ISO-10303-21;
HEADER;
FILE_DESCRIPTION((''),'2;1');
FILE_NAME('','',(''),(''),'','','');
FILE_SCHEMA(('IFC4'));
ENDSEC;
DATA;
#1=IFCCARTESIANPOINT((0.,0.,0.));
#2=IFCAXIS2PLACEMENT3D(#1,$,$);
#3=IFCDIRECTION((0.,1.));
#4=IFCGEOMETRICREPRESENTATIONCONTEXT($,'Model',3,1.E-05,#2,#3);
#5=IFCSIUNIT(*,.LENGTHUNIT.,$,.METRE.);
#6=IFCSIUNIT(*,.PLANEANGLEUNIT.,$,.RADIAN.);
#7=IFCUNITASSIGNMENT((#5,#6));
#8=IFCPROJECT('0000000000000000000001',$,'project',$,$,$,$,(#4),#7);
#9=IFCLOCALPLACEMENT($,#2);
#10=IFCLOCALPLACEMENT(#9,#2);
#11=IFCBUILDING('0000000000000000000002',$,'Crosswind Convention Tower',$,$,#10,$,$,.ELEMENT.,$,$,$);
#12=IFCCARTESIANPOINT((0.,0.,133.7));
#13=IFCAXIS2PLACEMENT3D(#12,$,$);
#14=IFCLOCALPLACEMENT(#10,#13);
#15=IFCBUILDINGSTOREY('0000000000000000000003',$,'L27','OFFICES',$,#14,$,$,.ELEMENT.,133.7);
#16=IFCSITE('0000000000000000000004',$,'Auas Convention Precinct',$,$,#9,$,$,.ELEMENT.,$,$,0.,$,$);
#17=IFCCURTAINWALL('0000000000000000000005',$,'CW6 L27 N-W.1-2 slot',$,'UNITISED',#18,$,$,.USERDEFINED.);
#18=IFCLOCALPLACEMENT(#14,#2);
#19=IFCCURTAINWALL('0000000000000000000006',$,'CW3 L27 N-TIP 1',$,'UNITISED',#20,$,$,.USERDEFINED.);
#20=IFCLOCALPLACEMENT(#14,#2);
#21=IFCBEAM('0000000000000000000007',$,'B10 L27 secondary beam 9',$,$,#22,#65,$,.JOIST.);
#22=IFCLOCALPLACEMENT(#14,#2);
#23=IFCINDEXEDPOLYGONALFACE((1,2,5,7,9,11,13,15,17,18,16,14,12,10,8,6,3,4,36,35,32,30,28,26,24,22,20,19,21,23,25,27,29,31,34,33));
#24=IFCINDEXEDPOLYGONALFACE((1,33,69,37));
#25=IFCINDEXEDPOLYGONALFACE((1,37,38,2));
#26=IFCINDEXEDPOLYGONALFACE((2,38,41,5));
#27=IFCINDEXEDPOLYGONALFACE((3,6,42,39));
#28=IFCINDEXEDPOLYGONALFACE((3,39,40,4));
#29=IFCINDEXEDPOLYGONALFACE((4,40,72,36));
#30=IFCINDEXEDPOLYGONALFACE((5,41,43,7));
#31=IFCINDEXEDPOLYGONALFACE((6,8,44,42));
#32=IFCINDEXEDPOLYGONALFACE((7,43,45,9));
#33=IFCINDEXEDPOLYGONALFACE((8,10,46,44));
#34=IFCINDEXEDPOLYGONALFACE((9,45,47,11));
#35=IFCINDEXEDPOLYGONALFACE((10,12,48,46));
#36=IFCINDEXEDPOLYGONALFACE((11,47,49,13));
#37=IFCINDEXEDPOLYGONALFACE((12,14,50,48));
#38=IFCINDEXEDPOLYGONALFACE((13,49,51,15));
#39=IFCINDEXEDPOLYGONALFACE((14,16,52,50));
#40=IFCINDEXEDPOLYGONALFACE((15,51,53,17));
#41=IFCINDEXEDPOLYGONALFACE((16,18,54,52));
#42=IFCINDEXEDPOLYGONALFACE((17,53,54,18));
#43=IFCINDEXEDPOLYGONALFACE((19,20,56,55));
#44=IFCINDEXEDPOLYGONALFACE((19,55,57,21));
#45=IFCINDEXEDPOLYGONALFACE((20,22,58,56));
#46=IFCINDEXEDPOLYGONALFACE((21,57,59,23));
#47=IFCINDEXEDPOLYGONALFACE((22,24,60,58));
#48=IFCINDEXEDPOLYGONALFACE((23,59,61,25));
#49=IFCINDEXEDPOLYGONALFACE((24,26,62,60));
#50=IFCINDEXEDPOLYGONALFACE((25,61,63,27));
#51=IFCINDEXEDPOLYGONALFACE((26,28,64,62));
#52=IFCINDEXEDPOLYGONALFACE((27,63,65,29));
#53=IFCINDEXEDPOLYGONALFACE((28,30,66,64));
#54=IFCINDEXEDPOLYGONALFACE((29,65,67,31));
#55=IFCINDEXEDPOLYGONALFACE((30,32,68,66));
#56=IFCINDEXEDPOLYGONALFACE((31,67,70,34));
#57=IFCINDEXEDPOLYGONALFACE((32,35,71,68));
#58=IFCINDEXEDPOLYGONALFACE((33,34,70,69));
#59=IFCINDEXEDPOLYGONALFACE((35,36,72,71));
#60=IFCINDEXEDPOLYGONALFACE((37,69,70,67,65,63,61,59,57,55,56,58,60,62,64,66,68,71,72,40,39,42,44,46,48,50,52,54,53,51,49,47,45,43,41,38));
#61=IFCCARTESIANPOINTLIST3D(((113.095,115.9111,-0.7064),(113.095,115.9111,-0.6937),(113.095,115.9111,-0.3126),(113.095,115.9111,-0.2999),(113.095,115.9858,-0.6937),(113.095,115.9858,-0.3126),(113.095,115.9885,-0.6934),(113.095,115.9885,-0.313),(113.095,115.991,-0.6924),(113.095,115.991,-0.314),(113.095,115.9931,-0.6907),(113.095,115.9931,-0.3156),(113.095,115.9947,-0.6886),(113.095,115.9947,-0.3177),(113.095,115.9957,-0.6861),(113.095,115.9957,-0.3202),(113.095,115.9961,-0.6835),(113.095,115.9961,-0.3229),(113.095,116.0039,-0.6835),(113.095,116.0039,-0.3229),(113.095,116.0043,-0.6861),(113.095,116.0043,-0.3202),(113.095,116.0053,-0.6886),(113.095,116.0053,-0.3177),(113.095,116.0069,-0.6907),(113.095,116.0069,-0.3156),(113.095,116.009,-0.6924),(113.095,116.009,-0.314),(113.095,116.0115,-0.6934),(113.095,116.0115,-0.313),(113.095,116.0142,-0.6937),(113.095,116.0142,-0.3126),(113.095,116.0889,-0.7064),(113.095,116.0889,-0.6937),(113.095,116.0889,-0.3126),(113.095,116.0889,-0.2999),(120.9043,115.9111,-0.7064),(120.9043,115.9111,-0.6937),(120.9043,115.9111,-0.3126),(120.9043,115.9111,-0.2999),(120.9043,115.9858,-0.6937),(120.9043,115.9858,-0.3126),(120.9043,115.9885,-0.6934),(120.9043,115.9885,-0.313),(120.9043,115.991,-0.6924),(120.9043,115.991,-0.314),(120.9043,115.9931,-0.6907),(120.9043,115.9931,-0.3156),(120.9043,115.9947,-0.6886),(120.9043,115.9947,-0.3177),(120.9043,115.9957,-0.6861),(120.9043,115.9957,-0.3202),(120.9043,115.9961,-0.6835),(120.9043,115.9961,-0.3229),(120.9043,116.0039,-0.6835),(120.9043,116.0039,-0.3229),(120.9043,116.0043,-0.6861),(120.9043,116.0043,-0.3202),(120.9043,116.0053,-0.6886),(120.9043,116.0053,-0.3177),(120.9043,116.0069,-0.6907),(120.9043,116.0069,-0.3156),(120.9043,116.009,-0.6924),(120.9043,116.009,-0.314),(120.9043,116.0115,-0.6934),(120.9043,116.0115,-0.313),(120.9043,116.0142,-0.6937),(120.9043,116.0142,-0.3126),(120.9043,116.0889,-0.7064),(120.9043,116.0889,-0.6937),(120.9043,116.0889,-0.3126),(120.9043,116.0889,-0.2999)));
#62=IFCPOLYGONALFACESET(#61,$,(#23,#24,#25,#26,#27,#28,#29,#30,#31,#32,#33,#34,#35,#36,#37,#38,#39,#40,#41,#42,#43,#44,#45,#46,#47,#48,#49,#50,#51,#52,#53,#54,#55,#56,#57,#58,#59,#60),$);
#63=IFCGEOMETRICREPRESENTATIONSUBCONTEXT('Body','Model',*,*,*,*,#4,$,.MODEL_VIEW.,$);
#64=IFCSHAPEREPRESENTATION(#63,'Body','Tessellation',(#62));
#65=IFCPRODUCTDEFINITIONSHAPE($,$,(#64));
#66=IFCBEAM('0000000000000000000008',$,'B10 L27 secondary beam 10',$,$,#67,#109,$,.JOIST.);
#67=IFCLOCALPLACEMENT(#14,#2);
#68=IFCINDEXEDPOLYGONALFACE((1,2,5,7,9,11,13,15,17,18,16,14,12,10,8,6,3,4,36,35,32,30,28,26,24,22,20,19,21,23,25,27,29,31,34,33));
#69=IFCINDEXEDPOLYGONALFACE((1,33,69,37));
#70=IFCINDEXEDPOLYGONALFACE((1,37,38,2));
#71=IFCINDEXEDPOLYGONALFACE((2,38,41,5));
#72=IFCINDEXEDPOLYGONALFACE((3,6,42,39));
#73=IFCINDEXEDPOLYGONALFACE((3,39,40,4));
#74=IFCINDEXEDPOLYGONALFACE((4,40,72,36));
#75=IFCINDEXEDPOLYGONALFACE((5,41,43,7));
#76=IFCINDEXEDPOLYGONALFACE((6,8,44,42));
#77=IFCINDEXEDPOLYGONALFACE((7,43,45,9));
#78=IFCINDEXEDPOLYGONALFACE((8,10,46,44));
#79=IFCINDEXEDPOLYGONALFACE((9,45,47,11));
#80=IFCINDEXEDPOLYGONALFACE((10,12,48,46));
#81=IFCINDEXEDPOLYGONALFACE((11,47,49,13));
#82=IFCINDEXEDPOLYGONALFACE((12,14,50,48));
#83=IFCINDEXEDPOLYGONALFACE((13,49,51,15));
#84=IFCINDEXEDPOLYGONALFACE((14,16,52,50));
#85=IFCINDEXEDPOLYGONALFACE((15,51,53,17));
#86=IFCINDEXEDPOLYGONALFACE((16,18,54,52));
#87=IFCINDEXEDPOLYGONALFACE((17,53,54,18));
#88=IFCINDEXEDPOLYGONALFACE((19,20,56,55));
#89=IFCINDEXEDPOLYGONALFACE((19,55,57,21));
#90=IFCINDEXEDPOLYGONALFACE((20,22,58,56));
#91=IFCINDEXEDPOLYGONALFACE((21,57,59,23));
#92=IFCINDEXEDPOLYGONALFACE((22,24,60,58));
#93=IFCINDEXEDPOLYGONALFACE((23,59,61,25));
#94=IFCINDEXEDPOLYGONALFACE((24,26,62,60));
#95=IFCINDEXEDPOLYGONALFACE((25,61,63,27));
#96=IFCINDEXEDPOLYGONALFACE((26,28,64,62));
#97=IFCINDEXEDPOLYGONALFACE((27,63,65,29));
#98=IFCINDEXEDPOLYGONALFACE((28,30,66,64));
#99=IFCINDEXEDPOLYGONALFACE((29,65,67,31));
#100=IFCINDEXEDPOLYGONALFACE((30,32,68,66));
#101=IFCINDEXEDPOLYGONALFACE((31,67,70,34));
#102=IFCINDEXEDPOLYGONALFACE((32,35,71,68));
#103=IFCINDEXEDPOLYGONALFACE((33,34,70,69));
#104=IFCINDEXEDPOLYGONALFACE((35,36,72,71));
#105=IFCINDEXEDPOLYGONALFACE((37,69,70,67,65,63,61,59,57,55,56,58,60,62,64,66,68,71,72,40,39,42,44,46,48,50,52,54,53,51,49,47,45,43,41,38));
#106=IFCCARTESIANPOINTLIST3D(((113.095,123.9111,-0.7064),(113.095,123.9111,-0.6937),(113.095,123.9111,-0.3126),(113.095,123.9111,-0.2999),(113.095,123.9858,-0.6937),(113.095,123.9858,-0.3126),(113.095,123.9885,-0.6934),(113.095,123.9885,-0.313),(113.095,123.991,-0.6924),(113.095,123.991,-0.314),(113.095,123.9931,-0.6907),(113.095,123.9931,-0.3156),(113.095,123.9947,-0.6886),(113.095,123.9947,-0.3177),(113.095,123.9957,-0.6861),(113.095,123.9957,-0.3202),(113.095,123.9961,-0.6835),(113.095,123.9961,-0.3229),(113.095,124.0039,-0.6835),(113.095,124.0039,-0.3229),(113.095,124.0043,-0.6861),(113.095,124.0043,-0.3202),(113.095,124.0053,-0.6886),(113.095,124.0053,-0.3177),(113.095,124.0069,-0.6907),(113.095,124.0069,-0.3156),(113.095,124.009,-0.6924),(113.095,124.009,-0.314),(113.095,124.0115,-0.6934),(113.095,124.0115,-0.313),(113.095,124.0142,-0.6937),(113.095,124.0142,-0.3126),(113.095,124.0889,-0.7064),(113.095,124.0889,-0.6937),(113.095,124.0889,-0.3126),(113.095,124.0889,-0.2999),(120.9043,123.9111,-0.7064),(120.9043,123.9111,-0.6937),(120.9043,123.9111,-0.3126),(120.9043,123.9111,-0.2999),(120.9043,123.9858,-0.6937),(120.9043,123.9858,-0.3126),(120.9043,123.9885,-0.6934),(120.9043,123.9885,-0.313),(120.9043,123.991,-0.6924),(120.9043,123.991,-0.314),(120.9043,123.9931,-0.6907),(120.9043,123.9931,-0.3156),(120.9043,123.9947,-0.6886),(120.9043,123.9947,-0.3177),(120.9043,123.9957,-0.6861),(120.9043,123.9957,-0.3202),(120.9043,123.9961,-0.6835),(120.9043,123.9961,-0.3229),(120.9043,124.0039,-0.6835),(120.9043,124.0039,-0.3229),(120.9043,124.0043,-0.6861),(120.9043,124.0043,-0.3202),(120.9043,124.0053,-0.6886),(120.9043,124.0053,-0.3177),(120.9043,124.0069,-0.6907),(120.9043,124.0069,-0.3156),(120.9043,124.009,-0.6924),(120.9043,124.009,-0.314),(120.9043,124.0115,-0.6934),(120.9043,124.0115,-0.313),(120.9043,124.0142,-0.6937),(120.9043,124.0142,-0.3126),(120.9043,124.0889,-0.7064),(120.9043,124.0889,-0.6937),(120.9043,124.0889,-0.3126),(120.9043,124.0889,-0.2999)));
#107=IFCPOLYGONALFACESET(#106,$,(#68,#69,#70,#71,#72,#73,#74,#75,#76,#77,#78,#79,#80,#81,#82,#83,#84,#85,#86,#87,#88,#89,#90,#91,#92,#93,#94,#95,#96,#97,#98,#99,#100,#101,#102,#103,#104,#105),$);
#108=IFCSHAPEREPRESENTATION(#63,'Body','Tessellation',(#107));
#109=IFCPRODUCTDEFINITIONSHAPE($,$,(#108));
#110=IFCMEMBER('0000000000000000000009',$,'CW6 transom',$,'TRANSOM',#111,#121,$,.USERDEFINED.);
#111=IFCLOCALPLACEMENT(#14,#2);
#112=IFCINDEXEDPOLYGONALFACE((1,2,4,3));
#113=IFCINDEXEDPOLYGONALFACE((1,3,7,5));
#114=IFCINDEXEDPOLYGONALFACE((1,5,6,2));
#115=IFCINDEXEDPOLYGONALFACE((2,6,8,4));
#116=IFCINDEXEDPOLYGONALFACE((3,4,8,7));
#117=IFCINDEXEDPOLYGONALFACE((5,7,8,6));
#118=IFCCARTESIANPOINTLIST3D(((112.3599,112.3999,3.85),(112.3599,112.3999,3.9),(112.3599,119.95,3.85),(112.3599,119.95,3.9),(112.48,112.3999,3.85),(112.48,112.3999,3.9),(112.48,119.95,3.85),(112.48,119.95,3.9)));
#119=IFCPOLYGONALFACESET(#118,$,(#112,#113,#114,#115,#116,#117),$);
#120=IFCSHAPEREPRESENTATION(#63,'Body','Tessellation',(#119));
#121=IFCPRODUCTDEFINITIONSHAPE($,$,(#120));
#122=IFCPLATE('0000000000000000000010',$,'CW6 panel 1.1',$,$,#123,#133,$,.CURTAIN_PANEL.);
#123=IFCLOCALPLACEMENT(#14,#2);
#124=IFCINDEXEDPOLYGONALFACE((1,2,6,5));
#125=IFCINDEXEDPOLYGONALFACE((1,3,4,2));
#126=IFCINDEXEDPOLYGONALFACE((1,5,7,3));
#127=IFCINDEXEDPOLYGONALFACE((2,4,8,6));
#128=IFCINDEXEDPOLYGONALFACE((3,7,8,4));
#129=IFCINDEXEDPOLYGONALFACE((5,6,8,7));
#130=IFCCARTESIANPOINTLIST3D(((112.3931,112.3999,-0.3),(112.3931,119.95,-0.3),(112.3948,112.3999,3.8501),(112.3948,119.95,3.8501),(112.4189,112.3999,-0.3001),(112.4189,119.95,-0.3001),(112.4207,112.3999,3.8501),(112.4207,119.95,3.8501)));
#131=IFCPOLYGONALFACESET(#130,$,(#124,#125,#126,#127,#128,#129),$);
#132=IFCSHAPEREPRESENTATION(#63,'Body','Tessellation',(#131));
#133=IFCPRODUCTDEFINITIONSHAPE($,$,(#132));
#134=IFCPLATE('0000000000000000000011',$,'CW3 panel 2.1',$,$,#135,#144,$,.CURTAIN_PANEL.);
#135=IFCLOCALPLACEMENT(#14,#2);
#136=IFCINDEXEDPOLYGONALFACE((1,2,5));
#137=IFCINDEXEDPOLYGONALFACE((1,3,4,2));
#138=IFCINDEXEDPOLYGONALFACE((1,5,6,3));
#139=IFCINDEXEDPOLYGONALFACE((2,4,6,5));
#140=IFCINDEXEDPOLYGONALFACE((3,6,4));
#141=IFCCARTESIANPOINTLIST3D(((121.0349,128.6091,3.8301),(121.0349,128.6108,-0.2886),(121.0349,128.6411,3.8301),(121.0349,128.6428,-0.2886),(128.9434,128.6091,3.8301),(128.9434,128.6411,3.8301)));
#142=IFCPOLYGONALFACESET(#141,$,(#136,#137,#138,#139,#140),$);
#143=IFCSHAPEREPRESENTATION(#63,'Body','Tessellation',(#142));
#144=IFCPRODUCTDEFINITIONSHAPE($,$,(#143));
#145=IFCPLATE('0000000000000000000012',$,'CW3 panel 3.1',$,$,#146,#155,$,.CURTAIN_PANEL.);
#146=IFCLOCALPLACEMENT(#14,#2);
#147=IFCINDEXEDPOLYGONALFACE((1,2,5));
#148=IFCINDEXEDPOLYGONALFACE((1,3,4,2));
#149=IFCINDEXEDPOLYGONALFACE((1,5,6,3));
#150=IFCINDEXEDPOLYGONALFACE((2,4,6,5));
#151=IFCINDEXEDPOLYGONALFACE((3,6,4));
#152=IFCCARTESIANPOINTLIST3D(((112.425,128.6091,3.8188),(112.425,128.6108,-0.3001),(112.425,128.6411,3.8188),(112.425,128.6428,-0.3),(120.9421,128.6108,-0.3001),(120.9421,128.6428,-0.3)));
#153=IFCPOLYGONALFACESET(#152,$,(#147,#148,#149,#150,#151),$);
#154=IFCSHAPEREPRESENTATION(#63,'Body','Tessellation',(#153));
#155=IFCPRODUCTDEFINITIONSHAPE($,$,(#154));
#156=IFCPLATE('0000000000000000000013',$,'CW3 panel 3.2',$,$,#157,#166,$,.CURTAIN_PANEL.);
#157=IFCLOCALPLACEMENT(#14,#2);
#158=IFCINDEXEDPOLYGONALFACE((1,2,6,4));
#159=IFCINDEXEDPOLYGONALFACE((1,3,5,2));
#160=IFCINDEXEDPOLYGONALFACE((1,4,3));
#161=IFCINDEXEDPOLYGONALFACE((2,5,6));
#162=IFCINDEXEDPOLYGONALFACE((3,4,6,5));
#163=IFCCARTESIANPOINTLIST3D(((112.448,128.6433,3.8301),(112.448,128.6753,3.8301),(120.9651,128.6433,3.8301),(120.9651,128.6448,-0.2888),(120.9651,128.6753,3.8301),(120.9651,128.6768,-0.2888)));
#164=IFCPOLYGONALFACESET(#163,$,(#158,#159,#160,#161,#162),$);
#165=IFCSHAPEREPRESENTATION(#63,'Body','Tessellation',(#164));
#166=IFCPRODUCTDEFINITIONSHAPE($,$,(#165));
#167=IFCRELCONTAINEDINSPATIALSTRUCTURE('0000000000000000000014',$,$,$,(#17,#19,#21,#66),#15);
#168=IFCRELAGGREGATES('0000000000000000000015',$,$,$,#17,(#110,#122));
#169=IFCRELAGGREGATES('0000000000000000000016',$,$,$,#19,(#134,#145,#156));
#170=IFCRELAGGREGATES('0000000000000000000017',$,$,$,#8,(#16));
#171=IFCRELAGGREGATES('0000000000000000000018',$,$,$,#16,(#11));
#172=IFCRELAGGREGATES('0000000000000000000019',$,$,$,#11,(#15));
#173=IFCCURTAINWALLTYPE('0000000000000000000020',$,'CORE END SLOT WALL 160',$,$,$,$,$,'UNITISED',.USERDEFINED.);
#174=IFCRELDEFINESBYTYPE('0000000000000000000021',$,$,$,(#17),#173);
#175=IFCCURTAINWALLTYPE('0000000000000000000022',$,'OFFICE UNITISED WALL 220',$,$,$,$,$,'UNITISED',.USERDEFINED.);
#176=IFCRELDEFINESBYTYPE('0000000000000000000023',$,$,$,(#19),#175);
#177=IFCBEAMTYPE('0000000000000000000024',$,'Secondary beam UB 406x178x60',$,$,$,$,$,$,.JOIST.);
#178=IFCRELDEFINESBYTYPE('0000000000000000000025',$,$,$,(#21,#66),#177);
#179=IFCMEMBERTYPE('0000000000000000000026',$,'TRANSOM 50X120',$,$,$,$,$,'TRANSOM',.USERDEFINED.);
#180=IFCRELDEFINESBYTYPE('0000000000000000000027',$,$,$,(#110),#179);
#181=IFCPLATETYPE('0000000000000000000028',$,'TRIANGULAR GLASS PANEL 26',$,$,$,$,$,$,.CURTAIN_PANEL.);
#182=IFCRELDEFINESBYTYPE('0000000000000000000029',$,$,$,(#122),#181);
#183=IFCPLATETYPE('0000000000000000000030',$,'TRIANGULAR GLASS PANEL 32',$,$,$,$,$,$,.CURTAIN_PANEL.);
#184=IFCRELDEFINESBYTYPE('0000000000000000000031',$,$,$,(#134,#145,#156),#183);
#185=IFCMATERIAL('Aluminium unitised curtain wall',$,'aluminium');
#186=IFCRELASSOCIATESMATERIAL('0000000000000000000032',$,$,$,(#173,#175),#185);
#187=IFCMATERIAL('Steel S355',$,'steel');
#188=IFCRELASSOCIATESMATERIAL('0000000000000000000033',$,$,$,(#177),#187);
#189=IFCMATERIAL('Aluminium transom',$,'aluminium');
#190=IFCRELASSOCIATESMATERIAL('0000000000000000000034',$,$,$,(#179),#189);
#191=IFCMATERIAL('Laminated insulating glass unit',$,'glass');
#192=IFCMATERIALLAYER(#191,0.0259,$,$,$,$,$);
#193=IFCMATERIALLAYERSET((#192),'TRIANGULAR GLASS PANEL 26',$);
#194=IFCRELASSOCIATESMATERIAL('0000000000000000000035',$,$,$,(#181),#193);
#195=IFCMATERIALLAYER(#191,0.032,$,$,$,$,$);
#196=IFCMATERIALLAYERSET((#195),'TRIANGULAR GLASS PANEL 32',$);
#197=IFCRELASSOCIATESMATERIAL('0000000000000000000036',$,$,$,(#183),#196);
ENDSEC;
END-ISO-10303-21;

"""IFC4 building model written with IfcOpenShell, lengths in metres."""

from ifc_helpers import new_model, si_unit, direction, frame, origin, origin_2d, place, context, subcontext, project, spatial, polyline, rectangle, i_section, outline, extrude, material, layer, layer_set, material_profile, profile_set, type_object, element, aggregate, save


model = new_model("IFC4")

# Units and contexts
model_context = context("Model", 3, precision=1e-05, world=origin(), true_north=direction((0.0, 1.0)))
body_context = subcontext(model_context, "Body", "Model", "MODEL_VIEW")
ifc_project = project(units=[si_unit("LENGTHUNIT", "METRE"), si_unit("PLANEANGLEUNIT", "RADIAN")], contexts=[model_context])

# Site, building, storey
site_placement = place(None, origin())
site = spatial("IfcSite", under=ifc_project, at=site_placement, Name="Auas Convention Precinct", CompositionType="ELEMENT", RefElevation=0.0)
building_placement = place(site_placement, origin())
building = spatial("IfcBuilding", under=site, at=building_placement, Name="Crosswind Convention Tower", CompositionType="ELEMENT")
storey_placement = place(building_placement, frame((0.0, 0.0, 133.7)))
storey = spatial("IfcBuildingStorey", under=building, at=storey_placement, Name="L27", Description="OFFICES", CompositionType="ELEMENT", Elevation=133.7)

# Shared definitions
ifc_material_1 = material(Name="Steel S355", Category="steel")

# Curtain wall
ifc_material_2 = material(Name="Aluminium unitised curtain wall", Category="aluminium")
curtain_wall_type_1 = type_object("IfcCurtainWallType", Name="CORE END SLOT WALL 160", ElementType="UNITISED", PredefinedType="USERDEFINED", material=ifc_material_2)
curtain_wall_1_placement = place(storey_placement, origin())
curtain_wall_1 = element("IfcCurtainWall", 1, at=curtain_wall_1_placement, inside=storey, type_object=curtain_wall_type_1, Name="CW6 L27 N-W.1-2 slot", ObjectType="UNITISED", PredefinedType="USERDEFINED")

# Curtain wall
curtain_wall_type_2 = type_object("IfcCurtainWallType", Name="OFFICE UNITISED WALL 220", ElementType="UNITISED", PredefinedType="USERDEFINED", material=ifc_material_2)
curtain_wall_2_placement = place(storey_placement, origin())
curtain_wall_2 = element("IfcCurtainWall", 2, at=curtain_wall_2_placement, inside=storey, type_object=curtain_wall_type_2, Name="CW3 L27 N-TIP 1", ObjectType="UNITISED", PredefinedType="USERDEFINED")

# Beams
ifc_material_profile_1 = material_profile(ifc_material_1, i_section(OverallWidth=0.1777, OverallDepth=0.4065, WebThickness=0.0078, FlangeThickness=0.0127, FilletRadius=0.0103, at=origin_2d()), Name="UB 406x178x60")
ifc_profile_set_1 = profile_set([ifc_material_profile_1], Name="Steel S355")
beam_type_1 = type_object("IfcBeamType", Name="Secondary beam UB 406x178x60", PredefinedType="JOIST", material=ifc_profile_set_1)
for number, where, z_axis, x_axis, name in (
    (3, (113.095, 116.0, -0.5032), (1.0, 0.0, 0.0), (0.0, 1.0, 0.0), "B10 L27 secondary beam 9"),
    (4, (113.095, 124.0, -0.5032), (1.0, 0.0, 0.0), (0.0, 1.0, 0.0), "B10 L27 secondary beam 10"),
):
    element("IfcBeam", number, at=place(storey_placement, frame(where, z_axis=z_axis, x_axis=x_axis)), inside=storey, type_object=beam_type_1, Name=name, PredefinedType="JOIST", context=body_context, shape_type="SweptSolid", body=[
        extrude(i_section(OverallWidth=0.1777, OverallDepth=0.4065, WebThickness=0.0078, FlangeThickness=0.0127, FilletRadius=0.0103, at=origin_2d()), origin(), (0.0, 0.0, 1.0), 7.8093),
    ])

# Member
ifc_material_3 = material(Name="Aluminium transom", Category="aluminium")
ifc_material_profile_2 = material_profile(ifc_material_3, rectangle(XDim=0.1201, YDim=0.05, at=origin_2d()), Name="AL 120X50")
ifc_profile_set_2 = profile_set([ifc_material_profile_2], Name="Aluminium transom")
member_type_1 = type_object("IfcMemberType", Name="TRANSOM 50X120", ElementType="TRANSOM", PredefinedType="USERDEFINED", material=ifc_profile_set_2)
member_1_placement = place(storey_placement, frame((112.4199, 119.95, 3.875), z_axis=(0.0, -1.0, 0.0), x_axis=(1.0, 0.0, 0.0)))
member_1 = element("IfcMember", 5, at=member_1_placement, type_object=member_type_1, Name="CW6 transom", ObjectType="TRANSOM", PredefinedType="USERDEFINED", context=body_context, shape_type="SweptSolid", body=[
    extrude(rectangle(XDim=0.1201, YDim=0.05, at=origin_2d()), origin(), (0.0, 0.0, 1.0), 7.55),
])

# Plates
ifc_material_4 = material(Name="Laminated insulating glass unit", Category="glass")
ifc_layer_1 = layer(ifc_material_4, 0.0259)
ifc_layer_set_1 = layer_set([ifc_layer_1], Name="TRIANGULAR GLASS PANEL 26")
plate_type_1 = type_object("IfcPlateType", Name="TRIANGULAR GLASS PANEL 26", PredefinedType="CURTAIN_PANEL", material=ifc_layer_set_1)
plate_1_placement = place(storey_placement, frame((112.3931, 119.95, -0.3), z_axis=(-1.0, 0.0, 0.000412), x_axis=(0.0, -1.0, 0.0)))
plate_1 = element("IfcPlate", 6, at=plate_1_placement, type_object=plate_type_1, Name="CW6 panel 1.1", PredefinedType="CURTAIN_PANEL", context=body_context, shape_type="SweptSolid", body=[
    extrude(outline(polyline([(0.0, 0.0), (7.55, 0.0), (7.55, 4.1501), (0.0, 4.1501), (0.0, 0.0)])), origin(), (0.0, 0.0, -1.0), 0.0259),
])
aggregate(curtain_wall_1, [member_1, plate_1])
ifc_layer_2 = layer(ifc_material_4, 0.032)
ifc_layer_set_2 = layer_set([ifc_layer_2], Name="TRIANGULAR GLASS PANEL 32")
plate_type_2 = type_object("IfcPlateType", Name="TRIANGULAR GLASS PANEL 32", PredefinedType="CURTAIN_PANEL", material=ifc_layer_set_2)
plate_2_placement = place(storey_placement, frame((121.0349, 128.6411, 3.8301), z_axis=(0.0, 1.0, 0.000415), x_axis=(1.0, 0.0, 0.0)))
plate_2 = element("IfcPlate", 7, at=plate_2_placement, type_object=plate_type_2, Name="CW3 panel 2.1", PredefinedType="CURTAIN_PANEL", context=body_context, shape_type="SweptSolid", body=[
    extrude(outline(polyline([(0.0, 0.0), (7.9084, 0.0), (0.0, 4.1187), (0.0, 0.0)])), origin(), (0.0, 0.0, -1.0), 0.032),
])
plate_3_placement = place(storey_placement, frame((112.425, 128.6428, -0.3), z_axis=(0.0, 1.0, 0.000415), x_axis=(0.0, -0.000415, 1.0)))
plate_3 = element("IfcPlate", 8, at=plate_3_placement, type_object=plate_type_2, Name="CW3 panel 3.1", PredefinedType="CURTAIN_PANEL", context=body_context, shape_type="SweptSolid", body=[
    extrude(outline(polyline([(0.0, 0.0), (4.1189, 0.0), (0.0, 8.5171), (0.0, 0.0)])), origin(), (0.0, 0.0, -1.0), 0.032),
])
plate_4_placement = place(storey_placement, frame((120.9651, 128.6753, 3.8301), z_axis=(0.0, 1.0, 0.000356), x_axis=(0.0, 0.000356, -1.0)))
plate_4 = element("IfcPlate", 9, at=plate_4_placement, type_object=plate_type_2, Name="CW3 panel 3.2", PredefinedType="CURTAIN_PANEL", context=body_context, shape_type="SweptSolid", body=[
    extrude(outline(polyline([(0.0, 0.0), (4.1189, 0.0), (0.0, 8.5171), (0.0, 0.0)])), origin(), (0.0, 0.0, -1.0), 0.032),
])
aggregate(curtain_wall_2, [plate_2, plate_3, plate_4])

save(model, "model.ifc")
